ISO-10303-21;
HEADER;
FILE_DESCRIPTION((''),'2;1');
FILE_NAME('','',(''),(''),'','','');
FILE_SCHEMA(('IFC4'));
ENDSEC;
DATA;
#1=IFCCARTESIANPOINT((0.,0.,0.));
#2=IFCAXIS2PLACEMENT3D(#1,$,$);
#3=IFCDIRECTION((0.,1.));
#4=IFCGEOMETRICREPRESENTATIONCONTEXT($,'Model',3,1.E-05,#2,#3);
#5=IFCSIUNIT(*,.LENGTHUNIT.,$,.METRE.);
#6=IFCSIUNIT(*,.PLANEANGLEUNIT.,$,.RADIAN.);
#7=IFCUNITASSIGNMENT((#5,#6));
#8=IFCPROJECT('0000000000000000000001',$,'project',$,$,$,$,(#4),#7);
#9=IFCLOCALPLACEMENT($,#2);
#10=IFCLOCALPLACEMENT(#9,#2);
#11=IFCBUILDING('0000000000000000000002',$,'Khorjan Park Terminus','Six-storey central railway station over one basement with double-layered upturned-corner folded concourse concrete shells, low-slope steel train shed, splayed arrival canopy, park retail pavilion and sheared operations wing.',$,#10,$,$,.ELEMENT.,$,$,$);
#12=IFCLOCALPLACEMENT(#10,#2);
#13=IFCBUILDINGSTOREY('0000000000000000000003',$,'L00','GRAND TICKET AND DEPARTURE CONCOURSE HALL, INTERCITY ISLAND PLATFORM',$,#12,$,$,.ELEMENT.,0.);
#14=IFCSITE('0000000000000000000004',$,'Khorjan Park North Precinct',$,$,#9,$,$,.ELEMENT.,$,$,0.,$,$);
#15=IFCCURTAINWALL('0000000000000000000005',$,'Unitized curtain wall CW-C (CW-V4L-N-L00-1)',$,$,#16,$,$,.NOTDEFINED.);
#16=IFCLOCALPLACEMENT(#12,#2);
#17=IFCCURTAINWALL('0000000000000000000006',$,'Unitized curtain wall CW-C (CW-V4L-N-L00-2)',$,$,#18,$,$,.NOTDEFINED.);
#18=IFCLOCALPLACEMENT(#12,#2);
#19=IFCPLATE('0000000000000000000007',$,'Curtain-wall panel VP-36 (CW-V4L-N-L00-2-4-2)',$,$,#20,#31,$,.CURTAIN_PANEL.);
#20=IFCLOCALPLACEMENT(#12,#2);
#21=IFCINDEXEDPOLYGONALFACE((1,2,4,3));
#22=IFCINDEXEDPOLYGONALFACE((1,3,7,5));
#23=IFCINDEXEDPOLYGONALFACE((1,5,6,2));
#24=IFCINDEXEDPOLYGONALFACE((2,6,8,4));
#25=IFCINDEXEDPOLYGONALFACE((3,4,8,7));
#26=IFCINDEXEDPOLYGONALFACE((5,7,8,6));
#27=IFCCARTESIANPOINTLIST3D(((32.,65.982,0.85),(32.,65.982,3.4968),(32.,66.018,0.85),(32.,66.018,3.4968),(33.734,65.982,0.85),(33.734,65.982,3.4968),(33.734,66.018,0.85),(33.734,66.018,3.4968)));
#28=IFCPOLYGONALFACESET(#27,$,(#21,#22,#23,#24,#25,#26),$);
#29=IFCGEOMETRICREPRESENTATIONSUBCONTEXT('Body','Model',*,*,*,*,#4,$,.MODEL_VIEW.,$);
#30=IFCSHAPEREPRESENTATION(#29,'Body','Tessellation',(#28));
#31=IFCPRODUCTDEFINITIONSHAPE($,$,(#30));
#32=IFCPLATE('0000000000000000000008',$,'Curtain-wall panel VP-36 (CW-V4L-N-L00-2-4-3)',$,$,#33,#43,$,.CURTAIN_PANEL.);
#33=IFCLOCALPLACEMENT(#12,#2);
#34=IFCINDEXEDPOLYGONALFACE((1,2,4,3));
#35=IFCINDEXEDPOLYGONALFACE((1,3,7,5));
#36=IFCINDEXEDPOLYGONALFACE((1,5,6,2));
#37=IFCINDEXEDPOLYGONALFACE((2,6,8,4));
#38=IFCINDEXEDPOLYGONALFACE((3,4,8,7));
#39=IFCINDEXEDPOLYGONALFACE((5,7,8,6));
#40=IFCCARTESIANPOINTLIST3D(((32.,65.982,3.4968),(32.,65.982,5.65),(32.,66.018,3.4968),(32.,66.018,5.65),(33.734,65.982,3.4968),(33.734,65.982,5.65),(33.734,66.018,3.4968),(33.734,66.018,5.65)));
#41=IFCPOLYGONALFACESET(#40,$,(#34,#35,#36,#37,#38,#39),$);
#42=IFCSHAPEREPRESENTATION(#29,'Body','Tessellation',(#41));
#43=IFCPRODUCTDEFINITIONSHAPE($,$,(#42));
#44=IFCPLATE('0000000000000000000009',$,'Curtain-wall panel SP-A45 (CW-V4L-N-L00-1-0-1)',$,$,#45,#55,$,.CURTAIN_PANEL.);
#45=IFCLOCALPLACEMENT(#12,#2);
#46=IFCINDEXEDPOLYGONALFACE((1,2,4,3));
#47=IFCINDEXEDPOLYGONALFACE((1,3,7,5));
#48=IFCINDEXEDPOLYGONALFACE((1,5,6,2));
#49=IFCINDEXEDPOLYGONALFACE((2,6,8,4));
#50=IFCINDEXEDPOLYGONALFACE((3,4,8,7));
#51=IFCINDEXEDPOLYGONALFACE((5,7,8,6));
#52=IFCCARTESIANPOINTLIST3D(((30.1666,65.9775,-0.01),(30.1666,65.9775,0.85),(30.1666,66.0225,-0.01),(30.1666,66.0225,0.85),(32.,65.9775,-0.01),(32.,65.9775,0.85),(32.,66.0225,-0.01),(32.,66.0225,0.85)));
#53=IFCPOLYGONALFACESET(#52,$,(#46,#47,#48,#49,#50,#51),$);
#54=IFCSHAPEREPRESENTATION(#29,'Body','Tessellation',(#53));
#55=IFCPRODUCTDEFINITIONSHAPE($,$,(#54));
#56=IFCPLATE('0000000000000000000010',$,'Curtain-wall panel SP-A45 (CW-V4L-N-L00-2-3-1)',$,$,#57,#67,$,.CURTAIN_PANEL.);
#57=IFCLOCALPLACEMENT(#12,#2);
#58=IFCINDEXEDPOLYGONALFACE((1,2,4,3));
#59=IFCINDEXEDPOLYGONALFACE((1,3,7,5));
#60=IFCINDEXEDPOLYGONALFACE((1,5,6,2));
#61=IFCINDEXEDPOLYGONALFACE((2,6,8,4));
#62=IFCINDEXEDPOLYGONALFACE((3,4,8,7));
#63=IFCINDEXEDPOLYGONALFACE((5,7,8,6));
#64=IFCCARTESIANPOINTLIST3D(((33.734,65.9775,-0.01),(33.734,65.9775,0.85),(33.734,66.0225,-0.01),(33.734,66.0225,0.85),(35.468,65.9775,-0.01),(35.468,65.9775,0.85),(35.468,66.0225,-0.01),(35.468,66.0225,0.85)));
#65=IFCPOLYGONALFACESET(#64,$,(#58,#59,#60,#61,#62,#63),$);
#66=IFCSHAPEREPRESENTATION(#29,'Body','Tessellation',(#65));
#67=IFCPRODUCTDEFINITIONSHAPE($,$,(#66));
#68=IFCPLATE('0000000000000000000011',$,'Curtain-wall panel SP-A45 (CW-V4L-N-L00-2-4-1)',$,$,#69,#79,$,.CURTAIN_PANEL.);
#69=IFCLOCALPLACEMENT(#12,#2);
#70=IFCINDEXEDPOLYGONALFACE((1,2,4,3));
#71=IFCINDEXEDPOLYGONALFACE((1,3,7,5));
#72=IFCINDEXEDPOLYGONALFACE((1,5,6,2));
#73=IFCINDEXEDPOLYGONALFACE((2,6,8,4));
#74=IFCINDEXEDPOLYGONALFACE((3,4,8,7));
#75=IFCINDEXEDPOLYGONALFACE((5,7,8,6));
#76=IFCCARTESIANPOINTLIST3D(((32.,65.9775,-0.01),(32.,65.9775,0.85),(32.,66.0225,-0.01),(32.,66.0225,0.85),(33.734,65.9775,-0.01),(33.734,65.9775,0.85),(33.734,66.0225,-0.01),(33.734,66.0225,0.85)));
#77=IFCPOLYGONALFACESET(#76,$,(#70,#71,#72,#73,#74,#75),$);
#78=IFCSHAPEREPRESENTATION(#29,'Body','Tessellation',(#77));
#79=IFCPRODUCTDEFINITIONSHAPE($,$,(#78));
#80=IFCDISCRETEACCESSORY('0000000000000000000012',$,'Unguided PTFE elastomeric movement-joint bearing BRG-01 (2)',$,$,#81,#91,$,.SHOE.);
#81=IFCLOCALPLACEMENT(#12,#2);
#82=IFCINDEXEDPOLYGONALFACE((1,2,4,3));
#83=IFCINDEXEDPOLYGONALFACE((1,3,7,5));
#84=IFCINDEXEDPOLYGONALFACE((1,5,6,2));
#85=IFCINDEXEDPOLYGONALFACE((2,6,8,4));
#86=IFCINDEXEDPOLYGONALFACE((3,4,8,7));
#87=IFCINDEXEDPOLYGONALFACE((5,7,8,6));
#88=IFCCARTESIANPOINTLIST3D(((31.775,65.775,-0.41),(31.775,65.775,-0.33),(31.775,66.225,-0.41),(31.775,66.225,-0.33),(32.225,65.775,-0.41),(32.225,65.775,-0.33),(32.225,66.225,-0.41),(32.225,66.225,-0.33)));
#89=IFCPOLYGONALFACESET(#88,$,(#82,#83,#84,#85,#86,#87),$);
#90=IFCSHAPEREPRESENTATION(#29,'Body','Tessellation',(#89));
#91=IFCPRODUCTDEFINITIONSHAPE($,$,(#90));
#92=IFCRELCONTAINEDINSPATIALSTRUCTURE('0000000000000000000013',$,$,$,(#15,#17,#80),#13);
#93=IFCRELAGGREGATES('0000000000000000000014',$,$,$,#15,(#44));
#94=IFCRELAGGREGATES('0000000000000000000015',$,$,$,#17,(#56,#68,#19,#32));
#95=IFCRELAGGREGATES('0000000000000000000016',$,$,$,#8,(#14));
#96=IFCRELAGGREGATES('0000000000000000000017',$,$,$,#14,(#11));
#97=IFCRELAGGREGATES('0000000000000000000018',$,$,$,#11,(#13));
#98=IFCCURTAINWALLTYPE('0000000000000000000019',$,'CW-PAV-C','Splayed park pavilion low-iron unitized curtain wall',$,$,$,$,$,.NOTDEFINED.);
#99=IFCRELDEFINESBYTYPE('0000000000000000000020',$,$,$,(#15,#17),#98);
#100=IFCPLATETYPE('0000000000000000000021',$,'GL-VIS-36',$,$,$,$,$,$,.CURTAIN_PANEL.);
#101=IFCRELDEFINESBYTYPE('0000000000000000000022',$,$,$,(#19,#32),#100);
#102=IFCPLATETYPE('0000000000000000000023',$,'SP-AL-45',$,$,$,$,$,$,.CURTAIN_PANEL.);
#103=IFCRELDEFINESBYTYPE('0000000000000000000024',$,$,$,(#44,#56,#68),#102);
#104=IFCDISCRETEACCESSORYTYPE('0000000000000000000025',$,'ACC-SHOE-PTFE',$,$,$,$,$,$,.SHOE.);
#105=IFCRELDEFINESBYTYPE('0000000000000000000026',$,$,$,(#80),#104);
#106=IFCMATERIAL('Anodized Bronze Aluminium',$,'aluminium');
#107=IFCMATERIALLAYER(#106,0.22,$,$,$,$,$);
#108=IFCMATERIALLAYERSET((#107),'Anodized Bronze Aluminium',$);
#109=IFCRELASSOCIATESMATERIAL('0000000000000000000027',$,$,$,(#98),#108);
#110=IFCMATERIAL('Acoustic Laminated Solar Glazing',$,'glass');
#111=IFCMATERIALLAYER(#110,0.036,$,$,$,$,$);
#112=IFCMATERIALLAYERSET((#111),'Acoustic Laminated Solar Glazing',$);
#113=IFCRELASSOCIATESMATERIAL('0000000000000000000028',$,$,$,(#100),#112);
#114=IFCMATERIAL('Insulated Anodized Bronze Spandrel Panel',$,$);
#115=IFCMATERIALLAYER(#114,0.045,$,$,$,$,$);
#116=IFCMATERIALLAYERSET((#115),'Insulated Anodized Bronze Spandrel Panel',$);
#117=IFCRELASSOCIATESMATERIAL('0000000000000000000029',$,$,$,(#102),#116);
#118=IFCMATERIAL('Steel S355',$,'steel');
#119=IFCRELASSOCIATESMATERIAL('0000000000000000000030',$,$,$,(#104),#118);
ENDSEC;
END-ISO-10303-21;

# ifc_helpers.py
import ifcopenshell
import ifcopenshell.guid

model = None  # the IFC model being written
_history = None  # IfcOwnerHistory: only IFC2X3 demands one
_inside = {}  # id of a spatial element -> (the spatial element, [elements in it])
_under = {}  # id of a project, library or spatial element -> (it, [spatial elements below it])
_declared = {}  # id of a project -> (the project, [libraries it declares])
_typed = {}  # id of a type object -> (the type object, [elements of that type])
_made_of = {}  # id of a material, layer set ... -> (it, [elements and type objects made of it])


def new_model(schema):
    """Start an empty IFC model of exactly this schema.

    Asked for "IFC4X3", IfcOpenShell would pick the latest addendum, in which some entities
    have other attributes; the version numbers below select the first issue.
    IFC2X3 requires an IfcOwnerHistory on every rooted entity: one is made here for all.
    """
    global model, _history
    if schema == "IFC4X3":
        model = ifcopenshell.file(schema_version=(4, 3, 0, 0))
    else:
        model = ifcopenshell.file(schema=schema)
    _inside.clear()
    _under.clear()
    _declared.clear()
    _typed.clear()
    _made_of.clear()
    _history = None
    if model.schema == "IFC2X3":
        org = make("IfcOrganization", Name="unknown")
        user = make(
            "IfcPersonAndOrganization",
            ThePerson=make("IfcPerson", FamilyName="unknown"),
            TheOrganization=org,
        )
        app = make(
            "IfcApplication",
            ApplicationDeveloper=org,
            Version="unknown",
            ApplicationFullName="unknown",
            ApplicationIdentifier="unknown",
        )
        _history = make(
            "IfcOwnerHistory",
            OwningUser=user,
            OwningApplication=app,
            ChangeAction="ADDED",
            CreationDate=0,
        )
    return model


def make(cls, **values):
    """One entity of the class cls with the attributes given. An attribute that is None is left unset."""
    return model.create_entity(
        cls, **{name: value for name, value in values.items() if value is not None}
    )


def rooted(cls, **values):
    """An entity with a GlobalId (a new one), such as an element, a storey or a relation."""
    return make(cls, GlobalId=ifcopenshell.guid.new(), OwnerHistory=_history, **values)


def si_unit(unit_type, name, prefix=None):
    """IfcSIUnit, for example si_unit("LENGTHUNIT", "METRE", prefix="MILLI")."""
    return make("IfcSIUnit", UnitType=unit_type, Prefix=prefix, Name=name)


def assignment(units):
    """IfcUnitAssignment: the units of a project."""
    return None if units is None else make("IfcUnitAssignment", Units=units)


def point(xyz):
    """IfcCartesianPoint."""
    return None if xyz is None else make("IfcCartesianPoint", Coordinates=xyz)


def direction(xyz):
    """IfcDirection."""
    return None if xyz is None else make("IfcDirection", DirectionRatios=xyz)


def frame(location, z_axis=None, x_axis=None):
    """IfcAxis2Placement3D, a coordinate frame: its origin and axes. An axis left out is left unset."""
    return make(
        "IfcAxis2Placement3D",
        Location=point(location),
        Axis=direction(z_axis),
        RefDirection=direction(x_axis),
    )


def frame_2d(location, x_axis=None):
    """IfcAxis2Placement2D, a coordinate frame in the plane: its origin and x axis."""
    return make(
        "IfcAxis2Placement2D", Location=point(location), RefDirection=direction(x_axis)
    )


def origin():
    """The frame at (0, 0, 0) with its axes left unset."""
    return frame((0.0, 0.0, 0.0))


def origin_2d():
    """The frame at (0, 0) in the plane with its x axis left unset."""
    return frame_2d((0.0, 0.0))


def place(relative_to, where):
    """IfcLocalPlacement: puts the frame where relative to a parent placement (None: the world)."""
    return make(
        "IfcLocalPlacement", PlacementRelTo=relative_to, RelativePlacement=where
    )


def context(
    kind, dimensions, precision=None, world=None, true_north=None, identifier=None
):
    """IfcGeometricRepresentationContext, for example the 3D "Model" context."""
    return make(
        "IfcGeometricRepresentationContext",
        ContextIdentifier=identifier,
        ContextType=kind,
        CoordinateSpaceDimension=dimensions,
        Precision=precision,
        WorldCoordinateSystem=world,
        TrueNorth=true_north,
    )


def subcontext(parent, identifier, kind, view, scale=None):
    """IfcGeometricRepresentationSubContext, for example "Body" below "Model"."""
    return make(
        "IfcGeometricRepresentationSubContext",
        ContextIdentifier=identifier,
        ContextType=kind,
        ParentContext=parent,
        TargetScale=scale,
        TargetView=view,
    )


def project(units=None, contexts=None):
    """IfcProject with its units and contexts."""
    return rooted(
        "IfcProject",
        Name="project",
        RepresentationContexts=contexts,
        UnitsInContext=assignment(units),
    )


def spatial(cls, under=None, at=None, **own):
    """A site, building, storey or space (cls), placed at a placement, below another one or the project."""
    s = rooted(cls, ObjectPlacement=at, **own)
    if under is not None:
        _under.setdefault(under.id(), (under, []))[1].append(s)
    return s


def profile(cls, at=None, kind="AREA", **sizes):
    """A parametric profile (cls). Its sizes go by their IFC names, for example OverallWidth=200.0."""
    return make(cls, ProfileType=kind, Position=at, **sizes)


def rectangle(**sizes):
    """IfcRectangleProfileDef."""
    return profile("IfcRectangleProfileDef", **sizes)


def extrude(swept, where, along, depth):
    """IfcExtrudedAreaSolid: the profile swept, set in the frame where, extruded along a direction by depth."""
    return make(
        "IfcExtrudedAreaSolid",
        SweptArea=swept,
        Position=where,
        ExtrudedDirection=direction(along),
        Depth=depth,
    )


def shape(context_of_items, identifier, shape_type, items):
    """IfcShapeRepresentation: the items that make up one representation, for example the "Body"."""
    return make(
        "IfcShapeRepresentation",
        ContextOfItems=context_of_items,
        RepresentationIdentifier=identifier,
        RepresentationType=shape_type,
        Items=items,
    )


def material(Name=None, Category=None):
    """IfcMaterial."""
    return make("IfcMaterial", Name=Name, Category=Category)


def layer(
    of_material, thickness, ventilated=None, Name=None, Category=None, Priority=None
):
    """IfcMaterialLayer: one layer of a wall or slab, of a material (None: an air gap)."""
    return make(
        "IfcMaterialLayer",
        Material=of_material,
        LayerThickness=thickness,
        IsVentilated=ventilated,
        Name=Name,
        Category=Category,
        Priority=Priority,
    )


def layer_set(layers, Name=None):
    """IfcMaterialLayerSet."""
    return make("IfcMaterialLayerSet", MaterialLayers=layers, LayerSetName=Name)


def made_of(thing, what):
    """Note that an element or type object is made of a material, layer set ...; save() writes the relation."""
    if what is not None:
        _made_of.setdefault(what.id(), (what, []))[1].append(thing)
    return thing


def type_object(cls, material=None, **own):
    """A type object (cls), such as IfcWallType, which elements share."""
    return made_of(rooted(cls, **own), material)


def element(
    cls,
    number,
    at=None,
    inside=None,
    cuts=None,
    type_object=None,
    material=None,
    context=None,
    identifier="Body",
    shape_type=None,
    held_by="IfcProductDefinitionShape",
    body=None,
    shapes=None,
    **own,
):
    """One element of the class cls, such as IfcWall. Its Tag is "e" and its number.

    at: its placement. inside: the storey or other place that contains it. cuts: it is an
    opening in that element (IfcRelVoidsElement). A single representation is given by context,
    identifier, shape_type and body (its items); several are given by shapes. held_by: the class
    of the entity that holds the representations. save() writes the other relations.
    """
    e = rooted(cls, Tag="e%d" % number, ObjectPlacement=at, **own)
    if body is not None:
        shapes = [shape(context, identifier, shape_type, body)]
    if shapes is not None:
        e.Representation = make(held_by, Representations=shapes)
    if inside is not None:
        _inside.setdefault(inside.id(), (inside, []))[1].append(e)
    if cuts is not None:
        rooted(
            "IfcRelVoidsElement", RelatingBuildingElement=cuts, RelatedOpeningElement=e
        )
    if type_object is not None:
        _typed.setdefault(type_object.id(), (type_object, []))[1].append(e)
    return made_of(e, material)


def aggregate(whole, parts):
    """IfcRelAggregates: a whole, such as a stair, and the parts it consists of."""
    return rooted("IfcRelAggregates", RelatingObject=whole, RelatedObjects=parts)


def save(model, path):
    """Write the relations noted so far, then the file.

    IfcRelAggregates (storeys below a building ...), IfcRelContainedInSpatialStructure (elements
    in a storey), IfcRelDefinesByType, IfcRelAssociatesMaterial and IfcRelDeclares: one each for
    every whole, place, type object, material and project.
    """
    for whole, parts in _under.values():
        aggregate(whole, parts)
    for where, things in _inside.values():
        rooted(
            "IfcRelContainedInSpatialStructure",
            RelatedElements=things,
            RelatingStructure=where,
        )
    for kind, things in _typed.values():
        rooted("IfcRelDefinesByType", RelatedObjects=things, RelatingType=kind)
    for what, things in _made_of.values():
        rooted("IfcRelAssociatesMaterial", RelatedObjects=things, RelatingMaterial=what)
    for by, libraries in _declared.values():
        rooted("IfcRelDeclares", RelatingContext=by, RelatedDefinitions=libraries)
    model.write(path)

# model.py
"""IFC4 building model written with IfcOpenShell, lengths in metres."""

from ifc_helpers import new_model, si_unit, direction, frame, origin, origin_2d, place, context, subcontext, project, spatial, rectangle, extrude, material, layer, layer_set, type_object, element, aggregate, save


model = new_model("IFC4")

# Units and contexts
model_context = context("Model", 3, precision=1e-05, world=origin(), true_north=direction((0.0, 1.0)))
body_context = subcontext(model_context, "Body", "Model", "MODEL_VIEW")
ifc_project = project(units=[si_unit("LENGTHUNIT", "METRE"), si_unit("PLANEANGLEUNIT", "RADIAN")], contexts=[model_context])

# Site, building, storey
site_placement = place(None, origin())
site = spatial("IfcSite", under=ifc_project, at=site_placement, Name="Khorjan Park North Precinct", CompositionType="ELEMENT", RefElevation=0.0)
building_placement = place(site_placement, origin())
building = spatial("IfcBuilding", under=site, at=building_placement, Name="Khorjan Park Terminus", Description="Six-storey central railway station over one basement with double-layered upturned-corner folded concourse concrete shells, low-slope steel train shed, splayed arrival canopy, park retail pavilion and sheared operations wing.", CompositionType="ELEMENT")
storey_placement = place(building_placement, origin())
storey = spatial("IfcBuildingStorey", under=building, at=storey_placement, Name="L00", Description="GRAND TICKET AND DEPARTURE CONCOURSE HALL, INTERCITY ISLAND PLATFORM", CompositionType="ELEMENT", Elevation=0.0)

# Curtain wall
ifc_material_1 = material(Name="Anodized Bronze Aluminium", Category="aluminium")
ifc_layer_1 = layer(ifc_material_1, 0.22)
ifc_layer_set_1 = layer_set([ifc_layer_1], Name="Anodized Bronze Aluminium")
curtain_wall_type = type_object("IfcCurtainWallType", Name="CW-PAV-C", Description="Splayed park pavilion low-iron unitized curtain wall", PredefinedType="NOTDEFINED", material=ifc_layer_set_1)
curtain_wall_1_placement = place(storey_placement, origin())
curtain_wall_1 = element("IfcCurtainWall", 1, at=curtain_wall_1_placement, inside=storey, type_object=curtain_wall_type, Name="Unitized curtain wall CW-C (CW-V4L-N-L00-1)", PredefinedType="NOTDEFINED")

# Curtain wall
curtain_wall_2_placement = place(storey_placement, origin())
curtain_wall_2 = element("IfcCurtainWall", 2, at=curtain_wall_2_placement, inside=storey, type_object=curtain_wall_type, Name="Unitized curtain wall CW-C (CW-V4L-N-L00-2)", PredefinedType="NOTDEFINED")

# Plates
ifc_material_2 = material(Name="Acoustic Laminated Solar Glazing", Category="glass")
ifc_layer_2 = layer(ifc_material_2, 0.036)
ifc_layer_set_2 = layer_set([ifc_layer_2], Name="Acoustic Laminated Solar Glazing")
plate_type_1 = type_object("IfcPlateType", Name="GL-VIS-36", PredefinedType="CURTAIN_PANEL", material=ifc_layer_set_2)
plate_1_placement = place(storey_placement, frame((32.867, 66.0, 0.85), z_axis=(0.0, 0.0, 1.0), x_axis=(-1.0, 0.0, 0.0)))
plate_1 = element("IfcPlate", 3, at=plate_1_placement, type_object=plate_type_1, Name="Curtain-wall panel VP-36 (CW-V4L-N-L00-2-4-2)", PredefinedType="CURTAIN_PANEL", context=body_context, shape_type="SweptSolid", body=[
    extrude(rectangle(XDim=1.734, YDim=0.036, at=origin_2d()), origin(), (0.0, 0.0, 1.0), 2.6468),
])
plate_2_placement = place(storey_placement, frame((32.867, 66.0, 3.4968), z_axis=(0.0, 0.0, 1.0), x_axis=(-1.0, 0.0, 0.0)))
plate_2 = element("IfcPlate", 4, at=plate_2_placement, type_object=plate_type_1, Name="Curtain-wall panel VP-36 (CW-V4L-N-L00-2-4-3)", PredefinedType="CURTAIN_PANEL", context=body_context, shape_type="SweptSolid", body=[
    extrude(rectangle(XDim=1.734, YDim=0.036, at=origin_2d()), origin(), (0.0, 0.0, 1.0), 2.1532),
])
ifc_material_3 = material(Name="Insulated Anodized Bronze Spandrel Panel")
ifc_layer_3 = layer(ifc_material_3, 0.045)
ifc_layer_set_3 = layer_set([ifc_layer_3], Name="Insulated Anodized Bronze Spandrel Panel")
plate_type_2 = type_object("IfcPlateType", Name="SP-AL-45", PredefinedType="CURTAIN_PANEL", material=ifc_layer_set_3)
plate_3_placement = place(storey_placement, frame((31.0833, 66.0, -0.01), z_axis=(0.0, 0.0, 1.0), x_axis=(-1.0, 0.0, 0.0)))
plate_3 = element("IfcPlate", 5, at=plate_3_placement, type_object=plate_type_2, Name="Curtain-wall panel SP-A45 (CW-V4L-N-L00-1-0-1)", PredefinedType="CURTAIN_PANEL", context=body_context, shape_type="SweptSolid", body=[
    extrude(rectangle(XDim=1.8333, YDim=0.045, at=origin_2d()), origin(), (0.0, 0.0, 1.0), 0.86),
])
aggregate(curtain_wall_1, [plate_3])
plate_4_placement = place(storey_placement, frame((34.601, 66.0, -0.01), z_axis=(0.0, 0.0, 1.0), x_axis=(-1.0, 0.0, 0.0)))
plate_4 = element("IfcPlate", 6, at=plate_4_placement, type_object=plate_type_2, Name="Curtain-wall panel SP-A45 (CW-V4L-N-L00-2-3-1)", PredefinedType="CURTAIN_PANEL", context=body_context, shape_type="SweptSolid", body=[
    extrude(rectangle(XDim=1.734, YDim=0.045, at=origin_2d()), origin(), (0.0, 0.0, 1.0), 0.86),
])
plate_5_placement = place(storey_placement, frame((32.867, 66.0, -0.01), z_axis=(0.0, 0.0, 1.0), x_axis=(-1.0, 0.0, 0.0)))
plate_5 = element("IfcPlate", 7, at=plate_5_placement, type_object=plate_type_2, Name="Curtain-wall panel SP-A45 (CW-V4L-N-L00-2-4-1)", PredefinedType="CURTAIN_PANEL", context=body_context, shape_type="SweptSolid", body=[
    extrude(rectangle(XDim=1.734, YDim=0.045, at=origin_2d()), origin(), (0.0, 0.0, 1.0), 0.86),
])
aggregate(curtain_wall_2, [plate_4, plate_5, plate_1, plate_2])

# Discrete accessory
ifc_material_4 = material(Name="Steel S355", Category="steel")
discrete_accessory_type = type_object("IfcDiscreteAccessoryType", Name="ACC-SHOE-PTFE", PredefinedType="SHOE", material=ifc_material_4)
discrete_accessory_placement = place(storey_placement, frame((32.0, 66.0, -0.41), z_axis=(0.0, 0.0, 1.0), x_axis=(1.0, 0.0, 0.0)))
element("IfcDiscreteAccessory", 8, at=discrete_accessory_placement, inside=storey, type_object=discrete_accessory_type, Name="Unguided PTFE elastomeric movement-joint bearing BRG-01 (2)", PredefinedType="SHOE", context=body_context, shape_type="SweptSolid", body=[
    extrude(rectangle(XDim=0.45, YDim=0.45, at=origin_2d()), origin(), (0.0, 0.0, 1.0), 0.08),
])

save(model, "model.ifc")
